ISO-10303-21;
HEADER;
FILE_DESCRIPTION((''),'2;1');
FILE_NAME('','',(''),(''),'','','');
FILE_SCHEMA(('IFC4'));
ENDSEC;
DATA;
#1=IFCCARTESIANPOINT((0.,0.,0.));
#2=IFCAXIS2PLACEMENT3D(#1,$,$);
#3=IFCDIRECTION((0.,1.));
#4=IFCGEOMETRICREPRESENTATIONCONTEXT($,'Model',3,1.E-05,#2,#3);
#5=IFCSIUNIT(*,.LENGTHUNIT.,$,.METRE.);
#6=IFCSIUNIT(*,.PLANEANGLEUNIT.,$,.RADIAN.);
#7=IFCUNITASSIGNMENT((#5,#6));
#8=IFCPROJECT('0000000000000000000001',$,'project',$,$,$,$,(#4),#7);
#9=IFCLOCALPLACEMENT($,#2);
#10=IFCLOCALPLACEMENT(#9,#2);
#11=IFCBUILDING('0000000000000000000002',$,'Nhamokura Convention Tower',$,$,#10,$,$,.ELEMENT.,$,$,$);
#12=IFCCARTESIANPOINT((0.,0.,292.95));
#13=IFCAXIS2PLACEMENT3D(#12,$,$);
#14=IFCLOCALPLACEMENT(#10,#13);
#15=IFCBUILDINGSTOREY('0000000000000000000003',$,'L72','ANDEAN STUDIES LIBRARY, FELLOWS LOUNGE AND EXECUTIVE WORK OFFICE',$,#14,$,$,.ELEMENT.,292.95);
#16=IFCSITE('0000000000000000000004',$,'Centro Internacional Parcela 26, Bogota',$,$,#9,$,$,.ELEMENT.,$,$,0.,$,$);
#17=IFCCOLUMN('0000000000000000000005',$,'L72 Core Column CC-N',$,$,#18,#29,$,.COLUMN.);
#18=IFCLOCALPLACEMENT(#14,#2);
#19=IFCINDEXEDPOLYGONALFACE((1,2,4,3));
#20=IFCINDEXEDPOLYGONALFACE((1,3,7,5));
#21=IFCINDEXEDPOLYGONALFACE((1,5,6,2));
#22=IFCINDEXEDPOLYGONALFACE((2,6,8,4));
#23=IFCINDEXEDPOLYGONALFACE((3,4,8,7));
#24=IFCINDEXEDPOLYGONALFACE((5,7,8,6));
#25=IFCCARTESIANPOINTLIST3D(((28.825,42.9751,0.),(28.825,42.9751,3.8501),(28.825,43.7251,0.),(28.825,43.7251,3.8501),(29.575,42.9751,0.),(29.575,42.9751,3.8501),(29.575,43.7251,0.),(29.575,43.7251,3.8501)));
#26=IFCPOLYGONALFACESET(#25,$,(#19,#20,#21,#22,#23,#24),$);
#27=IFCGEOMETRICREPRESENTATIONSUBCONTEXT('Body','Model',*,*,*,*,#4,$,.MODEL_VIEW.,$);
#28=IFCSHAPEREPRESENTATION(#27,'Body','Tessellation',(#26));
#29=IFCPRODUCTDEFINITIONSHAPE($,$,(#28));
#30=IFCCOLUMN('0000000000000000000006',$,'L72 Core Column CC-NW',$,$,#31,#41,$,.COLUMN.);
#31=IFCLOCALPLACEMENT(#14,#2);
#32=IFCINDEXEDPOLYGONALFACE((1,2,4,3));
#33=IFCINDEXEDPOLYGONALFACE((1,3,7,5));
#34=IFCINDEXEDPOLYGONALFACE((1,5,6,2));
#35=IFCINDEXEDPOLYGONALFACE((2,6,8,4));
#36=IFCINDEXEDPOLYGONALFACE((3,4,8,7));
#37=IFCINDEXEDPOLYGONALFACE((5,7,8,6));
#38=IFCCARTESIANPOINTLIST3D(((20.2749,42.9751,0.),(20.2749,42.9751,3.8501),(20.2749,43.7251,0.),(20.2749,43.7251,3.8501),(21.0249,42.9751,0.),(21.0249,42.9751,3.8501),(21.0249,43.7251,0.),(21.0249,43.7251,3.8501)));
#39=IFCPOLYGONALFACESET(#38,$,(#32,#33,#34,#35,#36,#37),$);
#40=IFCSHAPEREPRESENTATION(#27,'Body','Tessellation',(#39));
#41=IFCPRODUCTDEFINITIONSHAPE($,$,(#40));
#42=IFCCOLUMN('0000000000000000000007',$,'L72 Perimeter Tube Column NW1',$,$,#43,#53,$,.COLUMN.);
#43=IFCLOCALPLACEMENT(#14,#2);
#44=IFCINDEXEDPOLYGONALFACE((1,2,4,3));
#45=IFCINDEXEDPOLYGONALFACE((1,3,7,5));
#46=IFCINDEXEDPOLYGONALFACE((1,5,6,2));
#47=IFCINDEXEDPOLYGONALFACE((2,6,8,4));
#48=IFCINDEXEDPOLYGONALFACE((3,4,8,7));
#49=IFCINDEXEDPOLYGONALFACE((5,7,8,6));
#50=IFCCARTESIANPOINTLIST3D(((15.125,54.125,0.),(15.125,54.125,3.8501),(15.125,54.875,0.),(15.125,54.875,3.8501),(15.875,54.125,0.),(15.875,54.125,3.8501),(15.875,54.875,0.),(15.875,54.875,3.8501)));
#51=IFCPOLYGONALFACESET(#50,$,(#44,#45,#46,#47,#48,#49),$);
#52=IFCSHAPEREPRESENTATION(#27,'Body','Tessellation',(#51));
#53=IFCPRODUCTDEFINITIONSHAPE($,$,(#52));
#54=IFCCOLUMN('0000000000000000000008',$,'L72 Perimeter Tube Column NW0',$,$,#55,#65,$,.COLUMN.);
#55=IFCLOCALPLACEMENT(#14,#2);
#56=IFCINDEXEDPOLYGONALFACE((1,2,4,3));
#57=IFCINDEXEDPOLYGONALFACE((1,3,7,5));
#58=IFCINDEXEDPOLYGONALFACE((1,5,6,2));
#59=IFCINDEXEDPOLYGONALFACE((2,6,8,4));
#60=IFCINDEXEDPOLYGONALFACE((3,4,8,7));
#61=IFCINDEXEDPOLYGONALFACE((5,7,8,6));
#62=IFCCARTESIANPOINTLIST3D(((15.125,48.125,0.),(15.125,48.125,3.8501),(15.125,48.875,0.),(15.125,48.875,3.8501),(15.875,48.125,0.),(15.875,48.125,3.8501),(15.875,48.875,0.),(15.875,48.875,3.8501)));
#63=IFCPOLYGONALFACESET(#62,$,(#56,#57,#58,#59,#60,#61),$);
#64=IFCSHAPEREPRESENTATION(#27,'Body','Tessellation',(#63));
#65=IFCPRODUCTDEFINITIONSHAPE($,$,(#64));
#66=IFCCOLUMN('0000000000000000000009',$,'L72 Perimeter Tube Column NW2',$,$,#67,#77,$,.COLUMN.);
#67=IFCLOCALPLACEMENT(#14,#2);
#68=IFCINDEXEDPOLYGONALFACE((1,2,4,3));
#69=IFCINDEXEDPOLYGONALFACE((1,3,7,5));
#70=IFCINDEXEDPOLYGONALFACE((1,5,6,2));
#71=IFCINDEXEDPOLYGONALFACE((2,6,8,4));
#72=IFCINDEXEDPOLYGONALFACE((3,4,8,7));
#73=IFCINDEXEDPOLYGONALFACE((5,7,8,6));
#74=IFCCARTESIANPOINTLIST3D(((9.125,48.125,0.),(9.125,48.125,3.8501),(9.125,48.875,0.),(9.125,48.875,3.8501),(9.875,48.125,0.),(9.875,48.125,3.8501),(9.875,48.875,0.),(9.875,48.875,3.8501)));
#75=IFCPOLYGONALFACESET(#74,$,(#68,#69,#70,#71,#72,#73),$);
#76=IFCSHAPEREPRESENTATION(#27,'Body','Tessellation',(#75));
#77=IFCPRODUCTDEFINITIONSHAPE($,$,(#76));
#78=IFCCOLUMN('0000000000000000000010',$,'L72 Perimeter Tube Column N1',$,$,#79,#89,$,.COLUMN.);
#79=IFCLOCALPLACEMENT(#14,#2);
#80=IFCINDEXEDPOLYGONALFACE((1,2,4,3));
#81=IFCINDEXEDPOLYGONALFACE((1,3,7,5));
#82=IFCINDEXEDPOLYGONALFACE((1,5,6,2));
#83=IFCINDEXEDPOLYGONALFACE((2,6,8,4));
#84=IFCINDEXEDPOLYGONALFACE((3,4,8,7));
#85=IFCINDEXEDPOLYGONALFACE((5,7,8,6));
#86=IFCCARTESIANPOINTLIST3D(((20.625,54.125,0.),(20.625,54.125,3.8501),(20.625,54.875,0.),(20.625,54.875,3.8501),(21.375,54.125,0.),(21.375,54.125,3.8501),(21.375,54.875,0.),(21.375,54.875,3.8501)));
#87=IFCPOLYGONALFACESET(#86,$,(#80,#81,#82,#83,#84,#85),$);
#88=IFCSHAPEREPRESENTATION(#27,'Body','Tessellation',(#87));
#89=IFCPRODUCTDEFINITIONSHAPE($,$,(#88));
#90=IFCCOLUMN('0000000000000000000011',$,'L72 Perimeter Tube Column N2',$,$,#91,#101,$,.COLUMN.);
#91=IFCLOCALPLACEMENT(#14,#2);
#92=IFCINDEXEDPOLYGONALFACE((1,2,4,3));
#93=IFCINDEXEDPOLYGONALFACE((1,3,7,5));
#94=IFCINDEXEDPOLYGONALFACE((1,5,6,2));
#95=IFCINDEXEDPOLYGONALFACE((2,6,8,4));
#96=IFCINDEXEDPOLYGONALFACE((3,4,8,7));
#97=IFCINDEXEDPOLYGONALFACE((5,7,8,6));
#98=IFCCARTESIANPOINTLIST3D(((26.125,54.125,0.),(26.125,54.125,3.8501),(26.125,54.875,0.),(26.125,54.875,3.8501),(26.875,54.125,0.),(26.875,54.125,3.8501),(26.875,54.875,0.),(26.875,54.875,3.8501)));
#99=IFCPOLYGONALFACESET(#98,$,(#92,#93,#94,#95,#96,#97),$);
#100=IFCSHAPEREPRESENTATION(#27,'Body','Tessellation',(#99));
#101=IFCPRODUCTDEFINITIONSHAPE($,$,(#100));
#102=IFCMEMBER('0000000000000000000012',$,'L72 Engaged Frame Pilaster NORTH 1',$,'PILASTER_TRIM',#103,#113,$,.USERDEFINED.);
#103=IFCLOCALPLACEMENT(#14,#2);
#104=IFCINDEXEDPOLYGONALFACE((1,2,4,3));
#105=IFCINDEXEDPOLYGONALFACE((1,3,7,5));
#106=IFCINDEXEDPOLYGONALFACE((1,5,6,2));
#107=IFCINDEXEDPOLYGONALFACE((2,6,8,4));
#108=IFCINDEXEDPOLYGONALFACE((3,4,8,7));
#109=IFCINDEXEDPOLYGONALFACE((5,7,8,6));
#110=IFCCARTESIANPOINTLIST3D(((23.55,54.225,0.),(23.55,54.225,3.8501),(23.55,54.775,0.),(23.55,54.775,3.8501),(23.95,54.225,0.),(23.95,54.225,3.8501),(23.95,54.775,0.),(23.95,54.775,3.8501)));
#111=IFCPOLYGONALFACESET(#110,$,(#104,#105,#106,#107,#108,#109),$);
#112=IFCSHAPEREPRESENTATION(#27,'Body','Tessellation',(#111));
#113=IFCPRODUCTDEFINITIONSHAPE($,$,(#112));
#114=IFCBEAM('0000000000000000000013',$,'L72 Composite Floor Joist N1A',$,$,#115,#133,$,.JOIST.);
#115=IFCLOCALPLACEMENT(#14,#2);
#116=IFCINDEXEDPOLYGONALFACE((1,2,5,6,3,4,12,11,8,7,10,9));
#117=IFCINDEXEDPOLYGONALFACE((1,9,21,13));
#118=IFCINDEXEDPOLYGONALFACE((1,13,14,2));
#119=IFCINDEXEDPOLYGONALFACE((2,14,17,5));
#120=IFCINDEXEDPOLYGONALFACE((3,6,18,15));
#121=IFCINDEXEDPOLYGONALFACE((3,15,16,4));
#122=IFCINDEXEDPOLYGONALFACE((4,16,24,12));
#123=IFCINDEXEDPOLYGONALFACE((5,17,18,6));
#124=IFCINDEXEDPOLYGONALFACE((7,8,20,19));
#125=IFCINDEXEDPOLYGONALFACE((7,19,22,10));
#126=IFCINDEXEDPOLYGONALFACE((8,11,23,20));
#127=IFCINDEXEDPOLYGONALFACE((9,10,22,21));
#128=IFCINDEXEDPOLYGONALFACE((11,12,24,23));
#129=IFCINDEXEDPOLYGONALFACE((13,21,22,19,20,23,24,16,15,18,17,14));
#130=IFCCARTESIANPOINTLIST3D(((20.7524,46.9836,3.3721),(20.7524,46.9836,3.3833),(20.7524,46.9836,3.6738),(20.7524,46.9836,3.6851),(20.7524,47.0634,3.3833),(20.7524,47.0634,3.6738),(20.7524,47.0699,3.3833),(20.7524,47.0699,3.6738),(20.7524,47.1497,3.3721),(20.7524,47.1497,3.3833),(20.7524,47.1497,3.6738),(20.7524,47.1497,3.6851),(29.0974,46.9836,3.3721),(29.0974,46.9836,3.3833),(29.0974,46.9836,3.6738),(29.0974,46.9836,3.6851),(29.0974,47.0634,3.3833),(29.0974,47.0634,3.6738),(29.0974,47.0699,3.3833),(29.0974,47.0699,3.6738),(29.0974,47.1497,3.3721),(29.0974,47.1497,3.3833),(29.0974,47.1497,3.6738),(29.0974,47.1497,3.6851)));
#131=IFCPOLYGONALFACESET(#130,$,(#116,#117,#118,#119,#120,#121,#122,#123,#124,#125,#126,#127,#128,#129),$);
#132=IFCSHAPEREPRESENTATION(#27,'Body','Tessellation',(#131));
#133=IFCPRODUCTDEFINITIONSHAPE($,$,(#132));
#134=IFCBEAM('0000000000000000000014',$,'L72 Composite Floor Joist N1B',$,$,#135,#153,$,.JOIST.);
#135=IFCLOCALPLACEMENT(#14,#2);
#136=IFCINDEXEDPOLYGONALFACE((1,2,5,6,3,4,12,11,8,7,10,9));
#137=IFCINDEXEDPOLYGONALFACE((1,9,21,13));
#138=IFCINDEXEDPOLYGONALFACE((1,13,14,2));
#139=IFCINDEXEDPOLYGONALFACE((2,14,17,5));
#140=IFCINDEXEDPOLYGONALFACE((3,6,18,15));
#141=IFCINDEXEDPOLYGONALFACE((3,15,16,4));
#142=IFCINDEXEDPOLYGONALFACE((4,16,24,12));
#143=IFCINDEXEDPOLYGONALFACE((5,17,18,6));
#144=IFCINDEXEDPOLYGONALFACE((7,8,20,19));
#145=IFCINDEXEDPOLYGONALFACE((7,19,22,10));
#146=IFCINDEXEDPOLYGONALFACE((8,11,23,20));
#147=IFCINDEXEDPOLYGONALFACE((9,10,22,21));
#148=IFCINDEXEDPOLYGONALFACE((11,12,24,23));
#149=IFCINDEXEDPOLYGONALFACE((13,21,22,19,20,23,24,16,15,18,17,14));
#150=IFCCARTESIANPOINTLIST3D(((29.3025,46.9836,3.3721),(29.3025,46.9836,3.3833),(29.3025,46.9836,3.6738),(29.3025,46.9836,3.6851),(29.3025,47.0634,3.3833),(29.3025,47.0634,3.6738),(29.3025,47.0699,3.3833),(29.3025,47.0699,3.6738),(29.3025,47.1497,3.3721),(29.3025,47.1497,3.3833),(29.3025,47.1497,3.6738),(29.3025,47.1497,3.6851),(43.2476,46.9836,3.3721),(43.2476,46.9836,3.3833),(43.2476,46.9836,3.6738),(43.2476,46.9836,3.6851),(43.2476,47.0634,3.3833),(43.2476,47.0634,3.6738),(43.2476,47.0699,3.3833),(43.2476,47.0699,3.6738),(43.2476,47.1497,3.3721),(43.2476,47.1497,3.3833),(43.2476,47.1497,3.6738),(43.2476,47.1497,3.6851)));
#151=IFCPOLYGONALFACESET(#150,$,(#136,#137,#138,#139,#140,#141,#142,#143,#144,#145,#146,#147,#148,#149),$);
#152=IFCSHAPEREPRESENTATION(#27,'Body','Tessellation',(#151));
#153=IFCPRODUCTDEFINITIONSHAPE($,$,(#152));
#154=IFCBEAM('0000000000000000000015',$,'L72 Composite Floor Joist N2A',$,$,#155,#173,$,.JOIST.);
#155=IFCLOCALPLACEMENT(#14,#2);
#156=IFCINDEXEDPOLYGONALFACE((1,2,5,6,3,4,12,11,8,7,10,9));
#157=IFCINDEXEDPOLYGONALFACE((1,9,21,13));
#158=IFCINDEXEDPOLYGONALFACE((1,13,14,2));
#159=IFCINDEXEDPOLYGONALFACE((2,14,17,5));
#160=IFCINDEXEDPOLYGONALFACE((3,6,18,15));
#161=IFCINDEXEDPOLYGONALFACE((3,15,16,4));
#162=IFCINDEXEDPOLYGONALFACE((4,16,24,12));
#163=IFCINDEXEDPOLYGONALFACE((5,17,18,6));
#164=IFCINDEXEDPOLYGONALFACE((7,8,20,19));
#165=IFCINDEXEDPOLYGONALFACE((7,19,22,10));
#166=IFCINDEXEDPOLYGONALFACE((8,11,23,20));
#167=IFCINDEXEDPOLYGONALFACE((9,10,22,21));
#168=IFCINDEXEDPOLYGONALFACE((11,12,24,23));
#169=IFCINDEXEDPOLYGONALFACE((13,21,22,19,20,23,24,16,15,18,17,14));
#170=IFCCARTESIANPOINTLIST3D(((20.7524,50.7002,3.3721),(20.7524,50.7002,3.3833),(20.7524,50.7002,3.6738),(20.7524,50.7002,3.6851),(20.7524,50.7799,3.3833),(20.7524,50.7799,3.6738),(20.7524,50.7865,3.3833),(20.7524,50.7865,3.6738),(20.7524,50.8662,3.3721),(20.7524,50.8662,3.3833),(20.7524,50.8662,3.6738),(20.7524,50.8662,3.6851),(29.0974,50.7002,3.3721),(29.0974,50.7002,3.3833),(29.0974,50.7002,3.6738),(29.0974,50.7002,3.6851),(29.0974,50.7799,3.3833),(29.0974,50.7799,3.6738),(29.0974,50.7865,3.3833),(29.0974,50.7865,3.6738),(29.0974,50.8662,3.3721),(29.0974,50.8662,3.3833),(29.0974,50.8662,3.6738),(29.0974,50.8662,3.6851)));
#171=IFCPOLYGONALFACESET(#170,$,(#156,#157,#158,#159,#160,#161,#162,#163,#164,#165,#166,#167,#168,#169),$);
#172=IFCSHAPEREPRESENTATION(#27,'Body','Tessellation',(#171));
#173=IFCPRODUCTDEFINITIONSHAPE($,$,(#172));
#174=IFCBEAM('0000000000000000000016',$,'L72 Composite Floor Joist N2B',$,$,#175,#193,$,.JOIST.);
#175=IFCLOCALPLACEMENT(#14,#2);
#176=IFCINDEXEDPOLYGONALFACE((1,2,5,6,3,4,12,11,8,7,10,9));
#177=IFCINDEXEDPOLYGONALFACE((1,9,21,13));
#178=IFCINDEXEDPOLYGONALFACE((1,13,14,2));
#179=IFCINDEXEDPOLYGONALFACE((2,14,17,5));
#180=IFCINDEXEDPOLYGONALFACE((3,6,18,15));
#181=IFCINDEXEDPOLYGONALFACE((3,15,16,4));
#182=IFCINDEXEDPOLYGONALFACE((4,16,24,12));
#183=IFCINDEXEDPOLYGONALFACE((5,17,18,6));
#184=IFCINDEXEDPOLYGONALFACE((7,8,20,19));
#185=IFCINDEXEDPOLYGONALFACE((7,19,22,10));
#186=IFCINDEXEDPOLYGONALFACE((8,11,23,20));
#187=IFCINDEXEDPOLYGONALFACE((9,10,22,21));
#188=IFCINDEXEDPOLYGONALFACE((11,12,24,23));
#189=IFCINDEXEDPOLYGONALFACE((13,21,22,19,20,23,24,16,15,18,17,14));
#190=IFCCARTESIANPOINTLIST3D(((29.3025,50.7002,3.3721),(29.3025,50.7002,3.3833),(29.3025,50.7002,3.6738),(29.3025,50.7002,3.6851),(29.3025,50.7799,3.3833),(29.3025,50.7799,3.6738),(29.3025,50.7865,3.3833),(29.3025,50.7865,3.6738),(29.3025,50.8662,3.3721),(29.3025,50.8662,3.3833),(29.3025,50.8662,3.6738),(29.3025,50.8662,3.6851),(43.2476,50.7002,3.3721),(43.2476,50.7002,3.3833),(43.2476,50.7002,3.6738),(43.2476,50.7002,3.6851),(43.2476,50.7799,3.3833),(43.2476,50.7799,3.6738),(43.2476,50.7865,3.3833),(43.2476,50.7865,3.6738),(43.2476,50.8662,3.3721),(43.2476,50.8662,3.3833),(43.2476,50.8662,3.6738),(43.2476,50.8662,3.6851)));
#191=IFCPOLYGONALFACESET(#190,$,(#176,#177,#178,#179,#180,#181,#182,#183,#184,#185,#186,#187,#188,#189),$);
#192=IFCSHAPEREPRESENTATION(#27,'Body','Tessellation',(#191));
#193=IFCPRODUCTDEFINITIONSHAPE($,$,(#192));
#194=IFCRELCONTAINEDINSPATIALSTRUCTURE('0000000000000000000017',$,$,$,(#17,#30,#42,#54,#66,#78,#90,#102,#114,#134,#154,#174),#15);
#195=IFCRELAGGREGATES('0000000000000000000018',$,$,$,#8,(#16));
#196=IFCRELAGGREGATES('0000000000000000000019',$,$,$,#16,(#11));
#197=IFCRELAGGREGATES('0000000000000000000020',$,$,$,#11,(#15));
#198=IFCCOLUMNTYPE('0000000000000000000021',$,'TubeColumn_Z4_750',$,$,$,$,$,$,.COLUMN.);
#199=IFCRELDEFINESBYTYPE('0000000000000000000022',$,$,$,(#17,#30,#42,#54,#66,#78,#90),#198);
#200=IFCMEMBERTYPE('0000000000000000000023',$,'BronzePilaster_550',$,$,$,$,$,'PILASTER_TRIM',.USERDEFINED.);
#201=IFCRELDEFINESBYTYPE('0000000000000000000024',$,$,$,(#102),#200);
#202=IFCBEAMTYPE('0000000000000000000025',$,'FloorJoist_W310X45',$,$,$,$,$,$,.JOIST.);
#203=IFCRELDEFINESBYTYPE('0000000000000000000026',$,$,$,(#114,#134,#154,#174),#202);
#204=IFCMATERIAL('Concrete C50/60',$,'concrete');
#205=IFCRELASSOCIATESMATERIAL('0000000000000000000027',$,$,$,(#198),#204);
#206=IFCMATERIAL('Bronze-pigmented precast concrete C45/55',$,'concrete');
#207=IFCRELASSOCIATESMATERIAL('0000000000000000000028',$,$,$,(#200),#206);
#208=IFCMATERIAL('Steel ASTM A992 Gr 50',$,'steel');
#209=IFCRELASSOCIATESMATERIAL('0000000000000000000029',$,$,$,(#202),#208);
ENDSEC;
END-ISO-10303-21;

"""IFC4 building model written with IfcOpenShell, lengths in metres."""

from ifc_helpers import new_model, si_unit, direction, frame, origin, origin_2d, place, context, subcontext, project, spatial, rectangle, i_section, extrude, material, material_profile, profile_set, type_object, element, save


model = new_model("IFC4")

# Units and contexts
model_context = context("Model", 3, precision=1e-05, world=origin(), true_north=direction((0.0, 1.0)))
body_context = subcontext(model_context, "Body", "Model", "MODEL_VIEW")
ifc_project = project(units=[si_unit("LENGTHUNIT", "METRE"), si_unit("PLANEANGLEUNIT", "RADIAN")], contexts=[model_context])

# Site, building, storey
site_placement = place(None, origin())
site = spatial("IfcSite", under=ifc_project, at=site_placement, Name="Centro Internacional Parcela 26, Bogota", CompositionType="ELEMENT", RefElevation=0.0)
building_placement = place(site_placement, origin())
building = spatial("IfcBuilding", under=site, at=building_placement, Name="Nhamokura Convention Tower", CompositionType="ELEMENT")
storey_placement = place(building_placement, frame((0.0, 0.0, 292.95)))
storey = spatial("IfcBuildingStorey", under=building, at=storey_placement, Name="L72", Description="ANDEAN STUDIES LIBRARY, FELLOWS LOUNGE AND EXECUTIVE WORK OFFICE", CompositionType="ELEMENT", Elevation=292.95)

# Columns
ifc_material_1 = material(Name="Concrete C50/60", Category="concrete")
ifc_material_profile_1 = material_profile(ifc_material_1, rectangle(XDim=0.75, YDim=0.75, at=origin_2d()))
ifc_profile_set_1 = profile_set([ifc_material_profile_1], Name="Concrete C50/60")
column_type = type_object("IfcColumnType", Name="TubeColumn_Z4_750", PredefinedType="COLUMN", material=ifc_profile_set_1)
for number, where, z_axis, x_axis, name in (
    (1, (29.2, 43.3501, 0.0), (0.0, 0.0, 1.0), (1.0, 0.0, 0.0), "L72 Core Column CC-N"),
    (2, (20.6499, 43.3501, 0.0), (0.0, 0.0, 1.0), (1.0, 0.0, 0.0), "L72 Core Column CC-NW"),
    (3, (15.5, 54.5, 0.0), (0.0, 0.0, 1.0), (1.0, 0.0, 0.0), "L72 Perimeter Tube Column NW1"),
    (4, (15.5, 48.5, 0.0), (0.0, 0.0, 1.0), (1.0, 0.0, 0.0), "L72 Perimeter Tube Column NW0"),
    (5, (9.5, 48.5, 0.0), (0.0, 0.0, 1.0), (1.0, 0.0, 0.0), "L72 Perimeter Tube Column NW2"),
    (6, (21.0, 54.5, 0.0), (0.0, 0.0, 1.0), (1.0, 0.0, 0.0), "L72 Perimeter Tube Column N1"),
    (7, (26.5, 54.5, 0.0), (0.0, 0.0, 1.0), (1.0, 0.0, 0.0), "L72 Perimeter Tube Column N2"),
):
    element("IfcColumn", number, at=place(storey_placement, frame(where, z_axis=z_axis, x_axis=x_axis)), inside=storey, type_object=column_type, Name=name, PredefinedType="COLUMN", context=body_context, shape_type="SweptSolid", body=[
        extrude(rectangle(XDim=0.75, YDim=0.75, at=origin_2d()), origin(), (0.0, 0.0, 1.0), 3.8501),
    ])

# Member
ifc_material_2 = material(Name="Bronze-pigmented precast concrete C45/55", Category="concrete")
ifc_material_profile_2 = material_profile(ifc_material_2, rectangle(XDim=0.3999, YDim=0.55, at=origin_2d()))
ifc_profile_set_2 = profile_set([ifc_material_profile_2], Name="Bronze-pigmented precast concrete C45/55")
member_type_1 = type_object("IfcMemberType", Name="BronzePilaster_550", ElementType="PILASTER_TRIM", PredefinedType="USERDEFINED", material=ifc_profile_set_2)
member_placement = place(storey_placement, frame((23.75, 54.5, 0.0), z_axis=(0.0, 0.0, 1.0), x_axis=(1.0, 0.0, 0.0)))
element("IfcMember", 8, at=member_placement, inside=storey, type_object=member_type_1, Name="L72 Engaged Frame Pilaster NORTH 1", ObjectType="PILASTER_TRIM", PredefinedType="USERDEFINED", context=body_context, shape_type="SweptSolid", body=[
    extrude(rectangle(XDim=0.3999, YDim=0.55, at=origin_2d()), origin(), (0.0, 0.0, 1.0), 3.8501),
])

# Beams
ifc_material_3 = material(Name="Steel ASTM A992 Gr 50", Category="steel")
ifc_material_profile_3 = material_profile(ifc_material_3, i_section(OverallWidth=0.166, OverallDepth=0.313, WebThickness=0.0066, FlangeThickness=0.0112, at=origin_2d()))
ifc_profile_set_3 = profile_set([ifc_material_profile_3], Name="Steel ASTM A992 Gr 50")
beam_type_1 = type_object("IfcBeamType", Name="FloorJoist_W310X45", PredefinedType="JOIST", material=ifc_profile_set_3)
beam_1_placement = place(storey_placement, frame((20.7524, 47.0667, 3.5286), z_axis=(1.0, 0.0, 0.0), x_axis=(0.0, 1.0, 0.0)))
element("IfcBeam", 9, at=beam_1_placement, inside=storey, type_object=beam_type_1, Name="L72 Composite Floor Joist N1A", PredefinedType="JOIST", context=body_context, shape_type="SweptSolid", body=[
    extrude(i_section(OverallWidth=0.166, OverallDepth=0.313, WebThickness=0.0066, FlangeThickness=0.0112, at=origin_2d()), origin(), (0.0, 0.0, 1.0), 8.345),
])
beam_2_placement = place(storey_placement, frame((29.3025, 47.0667, 3.5286), z_axis=(1.0, 0.0, 0.0), x_axis=(0.0, 1.0, 0.0)))
element("IfcBeam", 10, at=beam_2_placement, inside=storey, type_object=beam_type_1, Name="L72 Composite Floor Joist N1B", PredefinedType="JOIST", context=body_context, shape_type="SweptSolid", body=[
    extrude(i_section(OverallWidth=0.166, OverallDepth=0.313, WebThickness=0.0066, FlangeThickness=0.0112, at=origin_2d()), origin(), (0.0, 0.0, 1.0), 13.9451),
])
beam_3_placement = place(storey_placement, frame((20.7524, 50.7832, 3.5286), z_axis=(1.0, 0.0, 0.0), x_axis=(0.0, 1.0, 0.0)))
element("IfcBeam", 11, at=beam_3_placement, inside=storey, type_object=beam_type_1, Name="L72 Composite Floor Joist N2A", PredefinedType="JOIST", context=body_context, shape_type="SweptSolid", body=[
    extrude(i_section(OverallWidth=0.166, OverallDepth=0.313, WebThickness=0.0066, FlangeThickness=0.0112, at=origin_2d()), origin(), (0.0, 0.0, 1.0), 8.345),
])
beam_4_placement = place(storey_placement, frame((29.3025, 50.7832, 3.5286), z_axis=(1.0, 0.0, 0.0), x_axis=(0.0, 1.0, 0.0)))
element("IfcBeam", 12, at=beam_4_placement, inside=storey, type_object=beam_type_1, Name="L72 Composite Floor Joist N2B", PredefinedType="JOIST", context=body_context, shape_type="SweptSolid", body=[
    extrude(i_section(OverallWidth=0.166, OverallDepth=0.313, WebThickness=0.0066, FlangeThickness=0.0112, at=origin_2d()), origin(), (0.0, 0.0, 1.0), 13.9451),
])

save(model, "model.ifc")
